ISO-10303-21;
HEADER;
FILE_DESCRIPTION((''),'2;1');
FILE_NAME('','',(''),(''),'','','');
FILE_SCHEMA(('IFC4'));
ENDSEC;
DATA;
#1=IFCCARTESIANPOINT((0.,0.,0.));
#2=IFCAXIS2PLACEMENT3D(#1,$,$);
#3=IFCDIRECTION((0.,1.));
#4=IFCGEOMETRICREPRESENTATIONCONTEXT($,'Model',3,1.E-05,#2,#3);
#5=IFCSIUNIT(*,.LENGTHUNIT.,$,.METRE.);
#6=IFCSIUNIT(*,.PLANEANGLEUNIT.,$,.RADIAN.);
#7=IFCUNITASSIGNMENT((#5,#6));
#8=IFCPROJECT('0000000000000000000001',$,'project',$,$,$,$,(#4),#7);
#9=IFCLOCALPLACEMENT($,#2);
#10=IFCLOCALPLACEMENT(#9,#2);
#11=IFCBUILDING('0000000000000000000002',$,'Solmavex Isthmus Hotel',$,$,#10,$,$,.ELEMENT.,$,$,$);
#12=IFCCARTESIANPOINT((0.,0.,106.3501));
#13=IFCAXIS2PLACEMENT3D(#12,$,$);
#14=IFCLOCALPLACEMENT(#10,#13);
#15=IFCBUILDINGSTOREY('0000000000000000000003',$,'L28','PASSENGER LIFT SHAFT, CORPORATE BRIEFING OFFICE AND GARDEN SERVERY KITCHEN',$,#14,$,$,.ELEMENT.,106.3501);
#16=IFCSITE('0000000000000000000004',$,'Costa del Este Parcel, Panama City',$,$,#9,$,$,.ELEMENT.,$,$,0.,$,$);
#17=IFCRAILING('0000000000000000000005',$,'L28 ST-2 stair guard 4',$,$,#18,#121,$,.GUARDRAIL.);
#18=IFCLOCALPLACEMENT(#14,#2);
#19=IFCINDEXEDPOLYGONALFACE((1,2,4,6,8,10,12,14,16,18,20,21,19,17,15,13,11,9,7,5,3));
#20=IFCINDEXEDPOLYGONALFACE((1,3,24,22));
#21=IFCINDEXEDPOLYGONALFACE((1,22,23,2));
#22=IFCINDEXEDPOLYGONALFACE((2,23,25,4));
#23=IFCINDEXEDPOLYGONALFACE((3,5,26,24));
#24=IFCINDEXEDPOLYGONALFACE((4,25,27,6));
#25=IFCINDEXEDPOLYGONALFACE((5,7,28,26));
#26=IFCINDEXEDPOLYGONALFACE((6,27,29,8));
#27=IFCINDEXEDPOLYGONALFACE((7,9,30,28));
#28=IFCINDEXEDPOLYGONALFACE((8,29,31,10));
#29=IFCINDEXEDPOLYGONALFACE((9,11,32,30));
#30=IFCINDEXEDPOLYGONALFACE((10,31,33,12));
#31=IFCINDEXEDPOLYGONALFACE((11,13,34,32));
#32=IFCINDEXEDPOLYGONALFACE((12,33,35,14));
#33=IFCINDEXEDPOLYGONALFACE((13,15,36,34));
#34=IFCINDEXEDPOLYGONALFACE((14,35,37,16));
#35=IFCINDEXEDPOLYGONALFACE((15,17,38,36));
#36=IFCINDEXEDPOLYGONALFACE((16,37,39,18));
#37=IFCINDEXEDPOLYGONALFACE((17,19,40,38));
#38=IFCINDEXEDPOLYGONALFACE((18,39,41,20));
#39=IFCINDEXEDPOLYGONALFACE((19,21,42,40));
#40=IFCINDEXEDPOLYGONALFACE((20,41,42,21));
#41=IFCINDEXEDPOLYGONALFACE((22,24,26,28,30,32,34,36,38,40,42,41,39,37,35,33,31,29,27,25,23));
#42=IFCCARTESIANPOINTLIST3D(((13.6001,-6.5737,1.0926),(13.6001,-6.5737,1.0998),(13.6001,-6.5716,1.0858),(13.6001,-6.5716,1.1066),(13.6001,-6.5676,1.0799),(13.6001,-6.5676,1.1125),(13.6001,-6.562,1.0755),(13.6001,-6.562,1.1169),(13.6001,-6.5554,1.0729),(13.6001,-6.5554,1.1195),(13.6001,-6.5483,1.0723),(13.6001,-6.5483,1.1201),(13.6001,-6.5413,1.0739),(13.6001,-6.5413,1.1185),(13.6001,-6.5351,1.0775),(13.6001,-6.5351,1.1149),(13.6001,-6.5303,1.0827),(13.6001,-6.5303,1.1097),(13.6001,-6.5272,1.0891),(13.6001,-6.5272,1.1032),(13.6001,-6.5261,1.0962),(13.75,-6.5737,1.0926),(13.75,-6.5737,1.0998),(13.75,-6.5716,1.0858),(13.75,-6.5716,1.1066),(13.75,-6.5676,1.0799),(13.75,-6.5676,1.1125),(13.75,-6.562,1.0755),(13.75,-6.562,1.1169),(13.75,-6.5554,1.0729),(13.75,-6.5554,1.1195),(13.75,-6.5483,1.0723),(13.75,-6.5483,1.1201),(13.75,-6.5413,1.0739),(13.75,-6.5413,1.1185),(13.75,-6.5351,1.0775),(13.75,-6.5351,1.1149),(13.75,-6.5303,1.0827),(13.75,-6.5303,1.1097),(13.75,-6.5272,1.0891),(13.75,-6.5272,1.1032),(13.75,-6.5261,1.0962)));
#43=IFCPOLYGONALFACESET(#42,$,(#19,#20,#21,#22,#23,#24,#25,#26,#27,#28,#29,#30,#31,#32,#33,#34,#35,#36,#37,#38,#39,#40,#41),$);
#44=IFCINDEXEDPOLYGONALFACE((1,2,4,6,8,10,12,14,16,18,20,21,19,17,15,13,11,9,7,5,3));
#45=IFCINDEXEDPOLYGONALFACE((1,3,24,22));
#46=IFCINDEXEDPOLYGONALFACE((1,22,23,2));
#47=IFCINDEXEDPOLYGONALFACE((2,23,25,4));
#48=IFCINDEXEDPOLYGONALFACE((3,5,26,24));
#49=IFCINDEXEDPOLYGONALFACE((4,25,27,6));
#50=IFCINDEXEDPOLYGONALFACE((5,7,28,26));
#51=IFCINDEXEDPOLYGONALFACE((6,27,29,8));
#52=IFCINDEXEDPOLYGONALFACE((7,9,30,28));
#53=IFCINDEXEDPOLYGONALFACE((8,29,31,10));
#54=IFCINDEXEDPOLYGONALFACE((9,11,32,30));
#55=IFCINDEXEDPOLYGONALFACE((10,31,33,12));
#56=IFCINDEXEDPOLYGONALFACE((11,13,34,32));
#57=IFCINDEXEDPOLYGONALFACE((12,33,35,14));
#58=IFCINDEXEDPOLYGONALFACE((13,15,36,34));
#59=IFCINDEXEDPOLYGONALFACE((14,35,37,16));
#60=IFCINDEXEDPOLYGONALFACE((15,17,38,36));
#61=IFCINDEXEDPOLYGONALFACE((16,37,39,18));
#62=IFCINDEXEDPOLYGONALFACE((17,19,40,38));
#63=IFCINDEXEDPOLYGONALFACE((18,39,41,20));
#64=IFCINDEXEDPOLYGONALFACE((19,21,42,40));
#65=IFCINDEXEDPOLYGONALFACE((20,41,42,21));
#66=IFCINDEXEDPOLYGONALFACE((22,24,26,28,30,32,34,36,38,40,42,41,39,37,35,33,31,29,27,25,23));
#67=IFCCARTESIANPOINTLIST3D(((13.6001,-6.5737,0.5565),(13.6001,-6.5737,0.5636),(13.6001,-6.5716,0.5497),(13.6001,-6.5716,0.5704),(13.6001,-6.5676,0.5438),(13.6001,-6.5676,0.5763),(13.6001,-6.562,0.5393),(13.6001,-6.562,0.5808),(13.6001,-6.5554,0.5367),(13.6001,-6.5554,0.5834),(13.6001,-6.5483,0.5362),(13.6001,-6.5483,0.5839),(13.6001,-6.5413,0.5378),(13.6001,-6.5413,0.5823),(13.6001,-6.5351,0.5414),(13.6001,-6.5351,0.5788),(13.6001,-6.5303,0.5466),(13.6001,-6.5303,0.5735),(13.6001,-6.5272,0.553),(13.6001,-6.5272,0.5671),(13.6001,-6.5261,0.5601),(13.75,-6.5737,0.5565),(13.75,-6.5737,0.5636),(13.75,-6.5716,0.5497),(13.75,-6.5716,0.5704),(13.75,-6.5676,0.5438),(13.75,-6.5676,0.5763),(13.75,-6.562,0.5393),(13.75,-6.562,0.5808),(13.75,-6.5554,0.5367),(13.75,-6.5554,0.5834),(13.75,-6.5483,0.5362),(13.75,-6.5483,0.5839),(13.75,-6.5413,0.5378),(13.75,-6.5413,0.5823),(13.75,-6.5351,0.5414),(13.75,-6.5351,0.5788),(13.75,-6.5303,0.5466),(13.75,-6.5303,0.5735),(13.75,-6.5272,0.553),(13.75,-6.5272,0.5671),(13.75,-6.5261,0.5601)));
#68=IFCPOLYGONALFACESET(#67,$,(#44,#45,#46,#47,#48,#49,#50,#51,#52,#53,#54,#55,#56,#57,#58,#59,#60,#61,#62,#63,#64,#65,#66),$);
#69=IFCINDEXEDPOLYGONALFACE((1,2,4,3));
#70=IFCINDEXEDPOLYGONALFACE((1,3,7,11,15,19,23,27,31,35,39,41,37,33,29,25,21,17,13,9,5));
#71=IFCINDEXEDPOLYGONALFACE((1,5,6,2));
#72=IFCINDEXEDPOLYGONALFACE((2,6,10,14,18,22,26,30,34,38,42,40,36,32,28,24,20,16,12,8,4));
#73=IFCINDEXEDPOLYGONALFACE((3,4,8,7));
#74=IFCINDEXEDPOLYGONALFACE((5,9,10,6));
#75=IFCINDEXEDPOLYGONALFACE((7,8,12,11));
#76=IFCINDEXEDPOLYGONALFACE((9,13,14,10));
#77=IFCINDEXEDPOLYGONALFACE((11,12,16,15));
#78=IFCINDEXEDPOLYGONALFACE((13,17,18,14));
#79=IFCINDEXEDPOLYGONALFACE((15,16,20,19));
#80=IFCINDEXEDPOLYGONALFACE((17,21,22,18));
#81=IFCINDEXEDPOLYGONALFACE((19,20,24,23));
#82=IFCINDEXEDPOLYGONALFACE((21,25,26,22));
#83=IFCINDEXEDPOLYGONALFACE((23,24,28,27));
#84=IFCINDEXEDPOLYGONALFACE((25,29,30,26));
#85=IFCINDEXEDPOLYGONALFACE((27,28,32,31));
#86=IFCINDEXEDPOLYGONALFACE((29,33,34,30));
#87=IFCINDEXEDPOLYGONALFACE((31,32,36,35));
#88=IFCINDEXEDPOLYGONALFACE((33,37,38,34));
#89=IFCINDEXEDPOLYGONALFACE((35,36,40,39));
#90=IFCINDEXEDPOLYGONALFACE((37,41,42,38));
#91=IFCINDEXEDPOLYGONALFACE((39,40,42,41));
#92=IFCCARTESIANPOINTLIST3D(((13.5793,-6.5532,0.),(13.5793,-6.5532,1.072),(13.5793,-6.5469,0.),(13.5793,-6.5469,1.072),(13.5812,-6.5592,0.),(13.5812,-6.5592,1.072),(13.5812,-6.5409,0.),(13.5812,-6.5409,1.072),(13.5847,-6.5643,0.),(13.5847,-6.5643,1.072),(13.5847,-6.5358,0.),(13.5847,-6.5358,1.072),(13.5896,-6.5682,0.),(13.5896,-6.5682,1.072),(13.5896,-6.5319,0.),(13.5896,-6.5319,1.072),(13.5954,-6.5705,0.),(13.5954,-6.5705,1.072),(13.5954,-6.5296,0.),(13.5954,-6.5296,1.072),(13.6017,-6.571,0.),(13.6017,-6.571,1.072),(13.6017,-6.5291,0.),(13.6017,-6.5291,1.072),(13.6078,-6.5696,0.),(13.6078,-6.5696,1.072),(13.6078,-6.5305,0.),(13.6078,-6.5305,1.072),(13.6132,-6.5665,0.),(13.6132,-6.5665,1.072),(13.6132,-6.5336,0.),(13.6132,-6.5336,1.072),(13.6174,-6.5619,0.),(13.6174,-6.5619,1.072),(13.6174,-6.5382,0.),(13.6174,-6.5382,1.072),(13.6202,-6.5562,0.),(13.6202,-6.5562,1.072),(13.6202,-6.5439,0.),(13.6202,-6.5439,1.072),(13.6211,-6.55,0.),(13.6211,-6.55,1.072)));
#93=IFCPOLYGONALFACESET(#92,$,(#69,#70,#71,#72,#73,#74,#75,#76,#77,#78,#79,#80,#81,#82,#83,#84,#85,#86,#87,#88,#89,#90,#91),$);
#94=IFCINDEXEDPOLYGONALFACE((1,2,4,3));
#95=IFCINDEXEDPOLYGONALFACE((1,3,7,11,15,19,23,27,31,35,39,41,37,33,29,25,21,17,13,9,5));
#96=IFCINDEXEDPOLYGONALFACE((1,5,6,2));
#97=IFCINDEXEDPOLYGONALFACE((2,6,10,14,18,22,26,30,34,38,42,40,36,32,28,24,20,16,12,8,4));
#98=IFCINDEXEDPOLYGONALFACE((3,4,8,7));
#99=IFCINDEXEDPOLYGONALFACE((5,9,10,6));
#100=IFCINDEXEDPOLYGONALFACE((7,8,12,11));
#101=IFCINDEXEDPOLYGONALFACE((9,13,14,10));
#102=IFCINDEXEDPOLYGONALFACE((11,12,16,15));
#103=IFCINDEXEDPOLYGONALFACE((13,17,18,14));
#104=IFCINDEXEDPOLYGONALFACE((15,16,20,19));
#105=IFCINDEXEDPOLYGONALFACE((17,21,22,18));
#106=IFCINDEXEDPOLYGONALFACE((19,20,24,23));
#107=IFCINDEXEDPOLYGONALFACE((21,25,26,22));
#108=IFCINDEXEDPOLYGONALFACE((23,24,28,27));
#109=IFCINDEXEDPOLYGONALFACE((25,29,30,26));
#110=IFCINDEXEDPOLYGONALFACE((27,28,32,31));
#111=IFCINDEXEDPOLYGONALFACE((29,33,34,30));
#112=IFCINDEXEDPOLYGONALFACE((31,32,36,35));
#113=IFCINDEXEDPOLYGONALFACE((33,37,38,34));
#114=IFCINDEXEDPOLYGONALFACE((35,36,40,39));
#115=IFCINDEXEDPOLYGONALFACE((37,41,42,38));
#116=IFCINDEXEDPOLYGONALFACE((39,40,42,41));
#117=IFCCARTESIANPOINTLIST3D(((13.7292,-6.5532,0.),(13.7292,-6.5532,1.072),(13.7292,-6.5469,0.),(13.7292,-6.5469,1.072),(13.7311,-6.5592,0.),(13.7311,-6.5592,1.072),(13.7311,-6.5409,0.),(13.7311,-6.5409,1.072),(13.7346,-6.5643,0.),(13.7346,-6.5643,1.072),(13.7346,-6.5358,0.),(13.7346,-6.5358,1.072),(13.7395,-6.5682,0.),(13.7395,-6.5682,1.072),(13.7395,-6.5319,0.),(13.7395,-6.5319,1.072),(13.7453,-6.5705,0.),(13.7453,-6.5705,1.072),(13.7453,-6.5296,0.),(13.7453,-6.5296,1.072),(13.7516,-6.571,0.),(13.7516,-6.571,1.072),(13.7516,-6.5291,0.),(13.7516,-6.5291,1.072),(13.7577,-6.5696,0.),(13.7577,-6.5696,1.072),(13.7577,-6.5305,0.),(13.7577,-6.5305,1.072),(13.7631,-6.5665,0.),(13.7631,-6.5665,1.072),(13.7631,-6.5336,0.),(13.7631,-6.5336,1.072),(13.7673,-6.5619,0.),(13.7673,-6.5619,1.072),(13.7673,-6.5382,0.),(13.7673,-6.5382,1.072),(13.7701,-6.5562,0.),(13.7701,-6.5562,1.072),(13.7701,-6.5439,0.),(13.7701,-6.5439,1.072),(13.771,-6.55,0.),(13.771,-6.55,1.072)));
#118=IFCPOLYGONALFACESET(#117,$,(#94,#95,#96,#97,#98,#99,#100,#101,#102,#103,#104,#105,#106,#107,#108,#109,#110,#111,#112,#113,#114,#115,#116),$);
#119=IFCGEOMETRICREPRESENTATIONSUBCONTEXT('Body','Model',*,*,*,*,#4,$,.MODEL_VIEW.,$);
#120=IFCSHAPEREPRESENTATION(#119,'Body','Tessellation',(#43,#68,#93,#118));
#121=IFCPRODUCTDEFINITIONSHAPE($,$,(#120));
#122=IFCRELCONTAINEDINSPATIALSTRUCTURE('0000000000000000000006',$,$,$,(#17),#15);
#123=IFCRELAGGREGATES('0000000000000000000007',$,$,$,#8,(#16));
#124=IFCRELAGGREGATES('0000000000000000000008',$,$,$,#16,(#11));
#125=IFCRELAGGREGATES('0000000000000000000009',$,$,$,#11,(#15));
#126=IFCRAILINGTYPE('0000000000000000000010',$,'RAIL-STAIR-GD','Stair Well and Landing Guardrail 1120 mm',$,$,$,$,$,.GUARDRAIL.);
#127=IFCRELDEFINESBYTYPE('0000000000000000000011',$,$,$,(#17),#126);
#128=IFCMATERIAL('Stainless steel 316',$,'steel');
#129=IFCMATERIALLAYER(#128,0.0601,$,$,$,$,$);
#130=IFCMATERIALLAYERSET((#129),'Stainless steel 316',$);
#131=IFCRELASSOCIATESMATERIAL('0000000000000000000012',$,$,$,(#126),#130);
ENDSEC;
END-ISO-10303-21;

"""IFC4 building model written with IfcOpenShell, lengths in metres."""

from ifc_helpers import new_model, si_unit, direction, frame, origin, origin_2d, place, context, subcontext, project, spatial, circle, extrude, material, layer, layer_set, type_object, element, save


model = new_model("IFC4")

# Units and contexts
model_context = context("Model", 3, precision=1e-05, world=origin(), true_north=direction((0.0, 1.0)))
body_context = subcontext(model_context, "Body", "Model", "MODEL_VIEW")
ifc_project = project(units=[si_unit("LENGTHUNIT", "METRE"), si_unit("PLANEANGLEUNIT", "RADIAN")], contexts=[model_context])

# Site, building, storey
site_placement = place(None, origin())
site = spatial("IfcSite", under=ifc_project, at=site_placement, Name="Costa del Este Parcel, Panama City", CompositionType="ELEMENT", RefElevation=0.0)
building_placement = place(site_placement, origin())
building = spatial("IfcBuilding", under=site, at=building_placement, Name="Solmavex Isthmus Hotel", CompositionType="ELEMENT")
storey_placement = place(building_placement, frame((0.0, 0.0, 106.3501)))
storey = spatial("IfcBuildingStorey", under=building, at=storey_placement, Name="L28", Description="PASSENGER LIFT SHAFT, CORPORATE BRIEFING OFFICE AND GARDEN SERVERY KITCHEN", CompositionType="ELEMENT", Elevation=106.3501)

# Railing
ifc_material_1 = material(Name="Stainless steel 316", Category="steel")
ifc_layer_1 = layer(ifc_material_1, 0.0601)
ifc_layer_set_1 = layer_set([ifc_layer_1], Name="Stainless steel 316")
railing_type_1 = type_object("IfcRailingType", Name="RAIL-STAIR-GD", Description="Stair Well and Landing Guardrail 1120 mm", PredefinedType="GUARDRAIL", material=ifc_layer_set_1)
railing_1_placement = place(storey_placement, frame((13.6001, -6.55, 0.0)))
element("IfcRailing", 1, at=railing_1_placement, inside=storey, type_object=railing_type_1, Name="L28 ST-2 stair guard 4", PredefinedType="GUARDRAIL", context=body_context, shape_type="SweptSolid", body=[
    extrude(circle(Radius=0.0239, at=origin_2d()), frame((0.0, 0.0, 1.0962), z_axis=(1.0, 0.0, 0.0), x_axis=(0.0, 1.0, 0.0)), (0.0, 0.0, 1.0), 0.1499),
    extrude(circle(Radius=0.0239, at=origin_2d()), frame((0.0, 0.0, 0.5601), z_axis=(1.0, 0.0, 0.0), x_axis=(0.0, 1.0, 0.0)), (0.0, 0.0, 1.0), 0.1499),
    extrude(circle(Radius=0.021, at=origin_2d()), origin(), (0.0, 0.0, 1.0), 1.072),
    extrude(circle(Radius=0.021, at=origin_2d()), frame((0.1499, 0.0, 0.0)), (0.0, 0.0, 1.0), 1.072),
])

save(model, "model.ifc")
